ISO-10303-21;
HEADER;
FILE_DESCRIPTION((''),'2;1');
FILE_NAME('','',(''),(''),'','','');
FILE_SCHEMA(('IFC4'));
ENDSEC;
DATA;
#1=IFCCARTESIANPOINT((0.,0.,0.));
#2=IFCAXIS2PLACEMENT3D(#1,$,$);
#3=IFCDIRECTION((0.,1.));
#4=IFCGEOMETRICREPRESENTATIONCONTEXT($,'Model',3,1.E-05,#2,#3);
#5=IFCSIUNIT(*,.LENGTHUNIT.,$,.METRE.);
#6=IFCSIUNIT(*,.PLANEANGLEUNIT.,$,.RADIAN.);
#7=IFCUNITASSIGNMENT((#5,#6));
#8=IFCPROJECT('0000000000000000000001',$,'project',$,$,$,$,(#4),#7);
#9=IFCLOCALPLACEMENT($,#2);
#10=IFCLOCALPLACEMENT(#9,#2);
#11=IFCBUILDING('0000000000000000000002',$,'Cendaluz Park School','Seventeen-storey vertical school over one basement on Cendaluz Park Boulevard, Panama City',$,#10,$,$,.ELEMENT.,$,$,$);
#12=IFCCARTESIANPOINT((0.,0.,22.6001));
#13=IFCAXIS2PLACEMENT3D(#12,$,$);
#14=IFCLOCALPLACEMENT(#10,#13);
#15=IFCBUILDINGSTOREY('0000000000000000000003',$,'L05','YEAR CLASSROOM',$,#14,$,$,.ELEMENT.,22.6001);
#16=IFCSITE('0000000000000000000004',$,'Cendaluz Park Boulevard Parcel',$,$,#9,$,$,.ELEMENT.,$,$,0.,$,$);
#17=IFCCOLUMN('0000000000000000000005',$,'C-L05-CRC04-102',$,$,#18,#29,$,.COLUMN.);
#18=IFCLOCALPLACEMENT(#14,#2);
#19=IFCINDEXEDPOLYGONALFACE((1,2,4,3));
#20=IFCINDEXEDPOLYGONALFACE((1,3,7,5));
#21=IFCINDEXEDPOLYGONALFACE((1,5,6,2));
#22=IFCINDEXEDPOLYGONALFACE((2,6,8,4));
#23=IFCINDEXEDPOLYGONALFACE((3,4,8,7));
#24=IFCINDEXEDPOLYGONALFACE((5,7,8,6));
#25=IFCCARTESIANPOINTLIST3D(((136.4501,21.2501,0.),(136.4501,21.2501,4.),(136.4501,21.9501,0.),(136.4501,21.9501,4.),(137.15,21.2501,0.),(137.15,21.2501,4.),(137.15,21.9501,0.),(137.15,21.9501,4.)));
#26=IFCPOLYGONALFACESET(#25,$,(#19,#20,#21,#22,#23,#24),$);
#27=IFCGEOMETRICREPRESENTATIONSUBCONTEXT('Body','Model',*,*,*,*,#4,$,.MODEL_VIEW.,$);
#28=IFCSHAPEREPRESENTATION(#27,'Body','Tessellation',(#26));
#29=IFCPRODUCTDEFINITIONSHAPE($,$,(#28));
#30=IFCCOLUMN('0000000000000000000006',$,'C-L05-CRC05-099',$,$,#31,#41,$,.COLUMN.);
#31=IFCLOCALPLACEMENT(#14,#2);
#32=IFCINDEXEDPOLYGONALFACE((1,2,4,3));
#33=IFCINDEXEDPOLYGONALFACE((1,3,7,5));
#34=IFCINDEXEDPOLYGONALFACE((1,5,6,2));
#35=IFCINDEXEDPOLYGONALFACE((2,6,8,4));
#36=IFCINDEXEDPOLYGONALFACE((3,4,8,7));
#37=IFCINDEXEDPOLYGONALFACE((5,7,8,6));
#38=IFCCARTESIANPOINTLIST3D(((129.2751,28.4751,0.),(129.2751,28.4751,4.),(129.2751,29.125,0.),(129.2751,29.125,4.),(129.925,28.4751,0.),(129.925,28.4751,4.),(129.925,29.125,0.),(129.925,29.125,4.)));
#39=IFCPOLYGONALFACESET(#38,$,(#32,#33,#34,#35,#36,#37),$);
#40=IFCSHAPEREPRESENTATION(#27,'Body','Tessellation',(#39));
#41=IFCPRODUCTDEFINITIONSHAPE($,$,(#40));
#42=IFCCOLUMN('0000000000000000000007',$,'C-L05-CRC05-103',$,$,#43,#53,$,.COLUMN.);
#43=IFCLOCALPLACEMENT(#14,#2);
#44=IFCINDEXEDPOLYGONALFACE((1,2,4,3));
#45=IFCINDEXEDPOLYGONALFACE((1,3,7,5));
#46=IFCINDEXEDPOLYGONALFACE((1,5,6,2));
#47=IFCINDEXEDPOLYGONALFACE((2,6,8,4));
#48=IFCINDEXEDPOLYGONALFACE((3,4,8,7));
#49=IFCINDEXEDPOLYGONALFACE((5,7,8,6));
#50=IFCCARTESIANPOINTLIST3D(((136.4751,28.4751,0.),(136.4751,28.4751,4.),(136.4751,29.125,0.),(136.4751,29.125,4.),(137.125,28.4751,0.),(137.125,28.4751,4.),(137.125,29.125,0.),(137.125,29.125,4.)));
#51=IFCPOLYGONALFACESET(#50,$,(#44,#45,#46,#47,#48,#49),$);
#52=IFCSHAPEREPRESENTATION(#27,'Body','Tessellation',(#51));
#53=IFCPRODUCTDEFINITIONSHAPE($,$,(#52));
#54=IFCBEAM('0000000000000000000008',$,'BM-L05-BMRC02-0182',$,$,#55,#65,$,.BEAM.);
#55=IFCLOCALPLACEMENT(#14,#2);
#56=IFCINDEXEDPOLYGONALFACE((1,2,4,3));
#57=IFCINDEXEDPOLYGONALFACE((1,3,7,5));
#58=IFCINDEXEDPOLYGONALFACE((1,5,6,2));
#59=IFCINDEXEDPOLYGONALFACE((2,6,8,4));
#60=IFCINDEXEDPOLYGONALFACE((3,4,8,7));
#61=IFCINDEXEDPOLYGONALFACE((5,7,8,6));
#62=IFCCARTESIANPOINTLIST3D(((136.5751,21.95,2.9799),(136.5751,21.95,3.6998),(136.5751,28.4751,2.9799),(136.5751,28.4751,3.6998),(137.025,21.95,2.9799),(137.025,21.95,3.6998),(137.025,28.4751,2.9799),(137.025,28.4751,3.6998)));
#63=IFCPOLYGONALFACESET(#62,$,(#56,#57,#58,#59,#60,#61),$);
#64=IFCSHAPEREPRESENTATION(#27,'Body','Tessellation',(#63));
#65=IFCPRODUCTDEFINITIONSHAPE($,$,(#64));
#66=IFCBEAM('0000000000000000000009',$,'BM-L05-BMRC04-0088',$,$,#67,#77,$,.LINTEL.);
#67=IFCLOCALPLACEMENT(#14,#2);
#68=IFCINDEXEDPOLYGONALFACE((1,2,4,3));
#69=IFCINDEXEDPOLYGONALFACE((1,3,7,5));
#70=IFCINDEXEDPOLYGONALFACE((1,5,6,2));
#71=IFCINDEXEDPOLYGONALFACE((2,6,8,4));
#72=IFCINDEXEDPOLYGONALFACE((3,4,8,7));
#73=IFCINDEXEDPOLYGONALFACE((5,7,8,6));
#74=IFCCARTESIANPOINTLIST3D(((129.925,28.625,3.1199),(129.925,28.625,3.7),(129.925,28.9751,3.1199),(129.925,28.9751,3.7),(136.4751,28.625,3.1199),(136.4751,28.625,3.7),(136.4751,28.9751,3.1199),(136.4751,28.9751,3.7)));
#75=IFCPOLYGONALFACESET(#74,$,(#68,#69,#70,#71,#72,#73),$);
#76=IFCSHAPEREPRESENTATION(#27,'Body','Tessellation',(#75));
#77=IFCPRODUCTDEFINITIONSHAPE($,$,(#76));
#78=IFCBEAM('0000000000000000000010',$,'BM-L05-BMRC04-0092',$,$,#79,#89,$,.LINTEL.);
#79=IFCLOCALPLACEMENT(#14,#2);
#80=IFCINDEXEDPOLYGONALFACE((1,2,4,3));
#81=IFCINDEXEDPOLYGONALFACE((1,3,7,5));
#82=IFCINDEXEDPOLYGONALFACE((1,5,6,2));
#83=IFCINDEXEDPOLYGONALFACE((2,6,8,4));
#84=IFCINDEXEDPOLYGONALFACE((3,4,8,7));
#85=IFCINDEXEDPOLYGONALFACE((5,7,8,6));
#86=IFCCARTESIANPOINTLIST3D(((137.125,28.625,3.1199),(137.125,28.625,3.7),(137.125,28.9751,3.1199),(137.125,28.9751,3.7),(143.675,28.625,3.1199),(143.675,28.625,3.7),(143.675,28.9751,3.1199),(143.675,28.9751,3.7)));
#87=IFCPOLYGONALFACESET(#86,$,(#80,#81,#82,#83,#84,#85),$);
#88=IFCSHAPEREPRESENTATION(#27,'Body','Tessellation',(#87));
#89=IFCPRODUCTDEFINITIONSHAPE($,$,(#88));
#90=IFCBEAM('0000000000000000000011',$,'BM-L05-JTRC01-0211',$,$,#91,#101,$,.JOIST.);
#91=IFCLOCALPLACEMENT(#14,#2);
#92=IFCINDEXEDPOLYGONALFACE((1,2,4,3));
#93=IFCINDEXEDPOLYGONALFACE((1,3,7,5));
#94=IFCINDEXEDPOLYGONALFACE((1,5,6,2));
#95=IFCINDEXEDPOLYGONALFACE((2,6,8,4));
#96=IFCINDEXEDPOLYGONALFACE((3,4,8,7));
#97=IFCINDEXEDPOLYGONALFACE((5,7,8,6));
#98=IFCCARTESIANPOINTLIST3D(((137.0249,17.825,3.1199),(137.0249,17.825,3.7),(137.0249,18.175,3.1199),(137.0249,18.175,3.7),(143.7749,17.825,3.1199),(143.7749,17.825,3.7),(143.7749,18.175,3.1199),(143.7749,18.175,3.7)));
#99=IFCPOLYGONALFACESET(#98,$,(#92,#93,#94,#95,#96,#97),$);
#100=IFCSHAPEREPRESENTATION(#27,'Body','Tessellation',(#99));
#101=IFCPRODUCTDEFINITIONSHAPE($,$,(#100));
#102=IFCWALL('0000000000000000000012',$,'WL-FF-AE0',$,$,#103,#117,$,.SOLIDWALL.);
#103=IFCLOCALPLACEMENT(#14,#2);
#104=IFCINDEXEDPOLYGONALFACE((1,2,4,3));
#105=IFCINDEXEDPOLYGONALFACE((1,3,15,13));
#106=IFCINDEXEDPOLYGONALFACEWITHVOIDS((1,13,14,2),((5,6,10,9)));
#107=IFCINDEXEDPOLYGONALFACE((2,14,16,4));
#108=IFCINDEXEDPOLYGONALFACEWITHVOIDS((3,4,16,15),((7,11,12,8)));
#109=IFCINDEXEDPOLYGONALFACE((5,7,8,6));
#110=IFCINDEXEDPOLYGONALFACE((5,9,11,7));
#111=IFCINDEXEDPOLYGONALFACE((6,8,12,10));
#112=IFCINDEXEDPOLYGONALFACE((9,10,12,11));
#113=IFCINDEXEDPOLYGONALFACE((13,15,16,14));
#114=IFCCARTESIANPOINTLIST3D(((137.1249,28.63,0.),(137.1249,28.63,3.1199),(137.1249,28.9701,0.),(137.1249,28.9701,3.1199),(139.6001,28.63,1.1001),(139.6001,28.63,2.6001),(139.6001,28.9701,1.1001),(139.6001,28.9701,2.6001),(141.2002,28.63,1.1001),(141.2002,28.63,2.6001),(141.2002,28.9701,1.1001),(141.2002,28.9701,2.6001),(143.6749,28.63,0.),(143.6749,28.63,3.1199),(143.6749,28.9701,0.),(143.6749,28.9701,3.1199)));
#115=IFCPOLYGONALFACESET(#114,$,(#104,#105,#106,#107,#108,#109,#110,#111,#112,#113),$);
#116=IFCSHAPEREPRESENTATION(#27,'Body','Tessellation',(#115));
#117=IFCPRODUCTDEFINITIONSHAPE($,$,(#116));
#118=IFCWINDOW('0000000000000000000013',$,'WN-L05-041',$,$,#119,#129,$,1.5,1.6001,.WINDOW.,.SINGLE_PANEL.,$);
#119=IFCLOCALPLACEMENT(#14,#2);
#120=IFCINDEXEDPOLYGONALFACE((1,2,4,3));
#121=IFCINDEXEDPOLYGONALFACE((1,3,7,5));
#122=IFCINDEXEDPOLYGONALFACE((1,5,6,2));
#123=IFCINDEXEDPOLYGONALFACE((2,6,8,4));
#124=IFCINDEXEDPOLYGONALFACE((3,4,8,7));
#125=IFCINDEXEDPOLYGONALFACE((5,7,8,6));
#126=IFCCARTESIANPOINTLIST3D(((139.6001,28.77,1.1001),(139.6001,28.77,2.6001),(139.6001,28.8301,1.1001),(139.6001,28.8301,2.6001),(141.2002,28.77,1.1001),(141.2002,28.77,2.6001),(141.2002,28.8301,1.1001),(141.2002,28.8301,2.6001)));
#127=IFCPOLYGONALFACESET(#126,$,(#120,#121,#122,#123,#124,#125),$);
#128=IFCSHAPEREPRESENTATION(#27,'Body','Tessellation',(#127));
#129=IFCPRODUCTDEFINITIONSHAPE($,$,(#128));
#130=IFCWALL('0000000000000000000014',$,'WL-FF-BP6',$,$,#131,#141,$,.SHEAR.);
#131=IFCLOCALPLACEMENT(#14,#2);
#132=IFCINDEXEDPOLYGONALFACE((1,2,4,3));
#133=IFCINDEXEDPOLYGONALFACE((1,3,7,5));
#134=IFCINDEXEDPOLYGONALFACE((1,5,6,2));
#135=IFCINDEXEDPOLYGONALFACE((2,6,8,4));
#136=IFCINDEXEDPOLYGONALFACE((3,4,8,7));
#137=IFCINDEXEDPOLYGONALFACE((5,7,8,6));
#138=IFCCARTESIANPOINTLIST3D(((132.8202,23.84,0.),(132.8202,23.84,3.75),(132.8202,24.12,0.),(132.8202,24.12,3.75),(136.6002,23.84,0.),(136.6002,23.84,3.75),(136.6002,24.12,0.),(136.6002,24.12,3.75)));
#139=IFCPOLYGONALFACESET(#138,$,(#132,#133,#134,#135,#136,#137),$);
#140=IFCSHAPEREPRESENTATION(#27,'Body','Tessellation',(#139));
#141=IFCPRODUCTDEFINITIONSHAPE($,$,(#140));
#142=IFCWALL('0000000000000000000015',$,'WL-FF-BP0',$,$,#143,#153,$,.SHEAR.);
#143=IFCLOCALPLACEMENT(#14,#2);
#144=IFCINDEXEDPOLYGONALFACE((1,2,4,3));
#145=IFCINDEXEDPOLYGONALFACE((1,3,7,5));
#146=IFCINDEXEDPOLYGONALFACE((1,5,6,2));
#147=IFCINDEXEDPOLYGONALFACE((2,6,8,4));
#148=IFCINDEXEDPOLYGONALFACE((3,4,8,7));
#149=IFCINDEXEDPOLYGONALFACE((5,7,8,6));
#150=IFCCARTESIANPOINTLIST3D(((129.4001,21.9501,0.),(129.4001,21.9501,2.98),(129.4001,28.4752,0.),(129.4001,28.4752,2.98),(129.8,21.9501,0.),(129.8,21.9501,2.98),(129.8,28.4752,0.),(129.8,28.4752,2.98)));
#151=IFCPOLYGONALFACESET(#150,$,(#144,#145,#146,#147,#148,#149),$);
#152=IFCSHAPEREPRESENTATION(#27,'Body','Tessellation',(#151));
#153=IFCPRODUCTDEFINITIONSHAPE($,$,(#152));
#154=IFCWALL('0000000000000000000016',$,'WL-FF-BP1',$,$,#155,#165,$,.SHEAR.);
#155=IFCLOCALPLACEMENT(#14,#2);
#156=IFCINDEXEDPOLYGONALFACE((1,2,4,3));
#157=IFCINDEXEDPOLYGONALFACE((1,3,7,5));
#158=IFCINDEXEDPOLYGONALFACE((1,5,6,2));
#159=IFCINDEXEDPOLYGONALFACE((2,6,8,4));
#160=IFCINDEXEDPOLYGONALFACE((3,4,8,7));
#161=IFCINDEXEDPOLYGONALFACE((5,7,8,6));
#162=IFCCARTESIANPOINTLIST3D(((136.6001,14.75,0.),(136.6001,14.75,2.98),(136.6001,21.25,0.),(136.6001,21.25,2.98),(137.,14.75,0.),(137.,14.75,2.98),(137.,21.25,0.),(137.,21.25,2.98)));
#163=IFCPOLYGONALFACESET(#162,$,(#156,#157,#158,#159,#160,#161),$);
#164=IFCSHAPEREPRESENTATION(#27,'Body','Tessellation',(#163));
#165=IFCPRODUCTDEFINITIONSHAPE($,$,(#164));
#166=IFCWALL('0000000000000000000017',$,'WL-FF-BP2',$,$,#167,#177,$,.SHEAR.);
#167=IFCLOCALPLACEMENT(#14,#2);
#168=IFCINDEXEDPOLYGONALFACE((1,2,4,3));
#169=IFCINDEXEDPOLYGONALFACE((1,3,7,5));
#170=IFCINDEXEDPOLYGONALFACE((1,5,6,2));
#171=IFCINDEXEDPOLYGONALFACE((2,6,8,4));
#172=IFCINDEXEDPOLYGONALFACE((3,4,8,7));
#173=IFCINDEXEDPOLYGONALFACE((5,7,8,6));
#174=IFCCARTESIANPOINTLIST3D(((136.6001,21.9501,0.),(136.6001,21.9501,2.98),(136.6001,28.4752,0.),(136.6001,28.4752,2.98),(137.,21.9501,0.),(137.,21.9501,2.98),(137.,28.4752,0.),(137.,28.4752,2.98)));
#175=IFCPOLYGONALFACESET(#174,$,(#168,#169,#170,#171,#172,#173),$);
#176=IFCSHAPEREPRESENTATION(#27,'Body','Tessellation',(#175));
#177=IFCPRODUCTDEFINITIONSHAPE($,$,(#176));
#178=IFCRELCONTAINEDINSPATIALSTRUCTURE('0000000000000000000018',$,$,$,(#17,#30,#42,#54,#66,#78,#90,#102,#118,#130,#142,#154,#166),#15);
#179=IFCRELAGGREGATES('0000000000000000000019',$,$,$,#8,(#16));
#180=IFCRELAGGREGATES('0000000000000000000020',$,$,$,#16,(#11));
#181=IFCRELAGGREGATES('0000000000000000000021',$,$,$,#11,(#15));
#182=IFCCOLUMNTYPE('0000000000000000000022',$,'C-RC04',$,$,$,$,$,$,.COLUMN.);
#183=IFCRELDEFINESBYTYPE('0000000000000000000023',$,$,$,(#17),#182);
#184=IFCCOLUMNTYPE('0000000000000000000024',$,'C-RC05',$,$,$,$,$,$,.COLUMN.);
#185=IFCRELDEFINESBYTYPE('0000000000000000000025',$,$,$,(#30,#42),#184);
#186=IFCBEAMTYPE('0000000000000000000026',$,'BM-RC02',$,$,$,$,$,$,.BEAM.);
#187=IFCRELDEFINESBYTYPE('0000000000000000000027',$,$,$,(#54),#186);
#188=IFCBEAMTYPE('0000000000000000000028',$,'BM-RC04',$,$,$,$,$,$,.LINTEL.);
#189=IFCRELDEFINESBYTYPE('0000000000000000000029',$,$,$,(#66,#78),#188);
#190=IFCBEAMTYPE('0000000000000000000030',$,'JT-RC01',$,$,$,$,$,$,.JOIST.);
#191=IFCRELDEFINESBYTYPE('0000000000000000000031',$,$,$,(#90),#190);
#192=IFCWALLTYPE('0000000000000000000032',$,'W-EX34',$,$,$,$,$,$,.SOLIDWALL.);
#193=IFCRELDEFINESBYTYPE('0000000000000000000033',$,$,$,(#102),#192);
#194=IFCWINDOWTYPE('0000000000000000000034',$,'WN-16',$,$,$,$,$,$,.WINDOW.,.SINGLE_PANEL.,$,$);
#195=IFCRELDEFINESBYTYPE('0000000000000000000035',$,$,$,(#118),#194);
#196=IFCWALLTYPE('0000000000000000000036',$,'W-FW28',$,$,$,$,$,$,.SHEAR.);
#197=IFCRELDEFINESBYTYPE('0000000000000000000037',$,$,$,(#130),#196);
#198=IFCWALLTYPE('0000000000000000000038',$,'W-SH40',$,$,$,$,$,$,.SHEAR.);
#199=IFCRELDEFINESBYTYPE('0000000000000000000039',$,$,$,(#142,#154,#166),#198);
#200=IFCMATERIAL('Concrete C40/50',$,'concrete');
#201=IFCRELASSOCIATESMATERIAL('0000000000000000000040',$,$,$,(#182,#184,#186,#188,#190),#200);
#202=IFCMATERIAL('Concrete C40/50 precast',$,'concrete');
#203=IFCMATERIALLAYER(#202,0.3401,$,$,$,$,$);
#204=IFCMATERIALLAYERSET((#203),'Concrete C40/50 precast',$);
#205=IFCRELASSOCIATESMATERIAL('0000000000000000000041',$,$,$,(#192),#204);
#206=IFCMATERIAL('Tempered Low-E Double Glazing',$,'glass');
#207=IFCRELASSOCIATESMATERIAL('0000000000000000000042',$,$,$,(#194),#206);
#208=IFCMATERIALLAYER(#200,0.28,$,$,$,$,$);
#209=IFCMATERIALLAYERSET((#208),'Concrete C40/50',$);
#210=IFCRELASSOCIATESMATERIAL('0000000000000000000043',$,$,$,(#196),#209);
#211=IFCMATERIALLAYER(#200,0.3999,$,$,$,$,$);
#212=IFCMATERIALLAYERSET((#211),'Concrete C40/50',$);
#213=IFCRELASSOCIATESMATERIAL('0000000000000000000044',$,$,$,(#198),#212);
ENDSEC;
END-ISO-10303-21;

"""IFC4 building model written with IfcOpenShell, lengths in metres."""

from ifc_helpers import new_model, si_unit, direction, frame, frame_2d, origin, origin_2d, place, context, subcontext, project, spatial, rectangle, extrude, material, layer, layer_set, material_profile, profile_set, type_object, element, fill, save


model = new_model("IFC4")

# Units and contexts
model_context = context("Model", 3, precision=1e-05, world=origin(), true_north=direction((0.0, 1.0)))
body_context = subcontext(model_context, "Body", "Model", "MODEL_VIEW")
ifc_project = project(units=[si_unit("LENGTHUNIT", "METRE"), si_unit("PLANEANGLEUNIT", "RADIAN")], contexts=[model_context])

# Site, building, storey
site_placement = place(None, origin())
site = spatial("IfcSite", under=ifc_project, at=site_placement, Name="Cendaluz Park Boulevard Parcel", CompositionType="ELEMENT", RefElevation=0.0)
building_placement = place(site_placement, origin())
building = spatial("IfcBuilding", under=site, at=building_placement, Name="Cendaluz Park School", Description="Seventeen-storey vertical school over one basement on Cendaluz Park Boulevard, Panama City", CompositionType="ELEMENT")
storey_placement = place(building_placement, frame((0.0, 0.0, 22.6001)))
storey = spatial("IfcBuildingStorey", under=building, at=storey_placement, Name="L05", Description="YEAR CLASSROOM", CompositionType="ELEMENT", Elevation=22.6001)

# Columns
ifc_material_1 = material(Name="Concrete C40/50", Category="concrete")
ifc_material_profile_1 = material_profile(ifc_material_1, rectangle(XDim=0.7, YDim=0.7, at=origin_2d()), Name="RC 700x700", Category="concrete")
ifc_profile_set_1 = profile_set([ifc_material_profile_1], Name="Concrete C40/50")
column_type_1 = type_object("IfcColumnType", Name="C-RC04", PredefinedType="COLUMN", material=ifc_profile_set_1)
column_placement = place(storey_placement, frame((136.8, 21.6001, 0.0), z_axis=(0.0, 0.0, 1.0), x_axis=(1.0, 0.0, 0.0)))
element("IfcColumn", 1, at=column_placement, inside=storey, type_object=column_type_1, Name="C-L05-CRC04-102", PredefinedType="COLUMN", context=body_context, shape_type="SweptSolid", body=[
    extrude(rectangle(XDim=0.7, YDim=0.7, at=origin_2d()), origin(), (0.0, 0.0, 1.0), 4.0),
])
ifc_material_profile_2 = material_profile(ifc_material_1, rectangle(XDim=0.6499, YDim=0.6499, at=origin_2d()), Name="RC 650x650", Category="concrete")
ifc_profile_set_2 = profile_set([ifc_material_profile_2], Name="Concrete C40/50")
column_type_2 = type_object("IfcColumnType", Name="C-RC05", PredefinedType="COLUMN", material=ifc_profile_set_2)
for number, where, z_axis, x_axis, name in (
    (2, (129.6001, 28.8, 0.0), (0.0, 0.0, 1.0), (1.0, 0.0, 0.0), "C-L05-CRC05-099"),
    (3, (136.8, 28.8, 0.0), (0.0, 0.0, 1.0), (1.0, 0.0, 0.0), "C-L05-CRC05-103"),
):
    element("IfcColumn", number, at=place(storey_placement, frame(where, z_axis=z_axis, x_axis=x_axis)), inside=storey, type_object=column_type_2, Name=name, PredefinedType="COLUMN", context=body_context, shape_type="SweptSolid", body=[
        extrude(rectangle(XDim=0.6499, YDim=0.6499, at=origin_2d()), origin(), (0.0, 0.0, 1.0), 4.0),
    ])

# Beams
ifc_material_profile_3 = material_profile(ifc_material_1, rectangle(XDim=0.45, YDim=0.72, at=origin_2d()), Name="RC 450x720", Category="concrete")
ifc_profile_set_3 = profile_set([ifc_material_profile_3], Name="Concrete C40/50")
beam_type_1 = type_object("IfcBeamType", Name="BM-RC02", PredefinedType="BEAM", material=ifc_profile_set_3)
beam_1_placement = place(storey_placement, frame((136.8, 21.95, 3.3398), z_axis=(0.0, 1.0, 0.0), x_axis=(-1.0, 0.0, 0.0)))
element("IfcBeam", 4, at=beam_1_placement, inside=storey, type_object=beam_type_1, Name="BM-L05-BMRC02-0182", PredefinedType="BEAM", context=body_context, shape_type="SweptSolid", body=[
    extrude(rectangle(XDim=0.45, YDim=0.72, at=origin_2d()), origin(), (0.0, 0.0, 1.0), 6.5251),
])
ifc_material_profile_4 = material_profile(ifc_material_1, rectangle(XDim=0.3501, YDim=0.5801, at=origin_2d()), Name="RC 350x580", Category="concrete")
ifc_profile_set_4 = profile_set([ifc_material_profile_4], Name="Concrete C40/50")
beam_type_2 = type_object("IfcBeamType", Name="BM-RC04", PredefinedType="LINTEL", material=ifc_profile_set_4)
for number, where, z_axis, x_axis, name in (
    (5, (129.925, 28.8, 3.4099), (1.0, 0.0, 0.0), (0.0, 1.0, 0.0), "BM-L05-BMRC04-0088"),
    (6, (137.125, 28.8, 3.4099), (1.0, 0.0, 0.0), (0.0, 1.0, 0.0), "BM-L05-BMRC04-0092"),
):
    element("IfcBeam", number, at=place(storey_placement, frame(where, z_axis=z_axis, x_axis=x_axis)), inside=storey, type_object=beam_type_2, Name=name, PredefinedType="LINTEL", context=body_context, shape_type="SweptSolid", body=[
        extrude(rectangle(XDim=0.3501, YDim=0.5801, at=origin_2d()), origin(), (0.0, 0.0, 1.0), 6.55),
    ])
ifc_material_profile_5 = material_profile(ifc_material_1, rectangle(XDim=0.3501, YDim=0.5801, at=origin_2d()), Name="RC 350x580", Category="concrete")
ifc_profile_set_5 = profile_set([ifc_material_profile_5], Name="Concrete C40/50")
beam_type_3 = type_object("IfcBeamType", Name="JT-RC01", PredefinedType="JOIST", material=ifc_profile_set_5)
beam_2_placement = place(storey_placement, frame((137.0249, 18.0, 3.4099), z_axis=(1.0, 0.0, 0.0), x_axis=(0.0, 1.0, 0.0)))
element("IfcBeam", 7, at=beam_2_placement, inside=storey, type_object=beam_type_3, Name="BM-L05-JTRC01-0211", PredefinedType="JOIST", context=body_context, shape_type="SweptSolid", body=[
    extrude(rectangle(XDim=0.3501, YDim=0.5801, at=origin_2d()), origin(), (0.0, 0.0, 1.0), 6.75),
])

# Wall, opening, window
ifc_material_2 = material(Name="Concrete C40/50 precast", Category="concrete")
ifc_layer_1 = layer(ifc_material_2, 0.3401)
ifc_layer_set_1 = layer_set([ifc_layer_1], Name="Concrete C40/50 precast")
wall_type_1 = type_object("IfcWallType", Name="W-EX34", PredefinedType="SOLIDWALL", material=ifc_layer_set_1)
wall_1_placement = place(storey_placement, frame((137.125, 28.8, 0.0), z_axis=(0.0, 0.0, 1.0), x_axis=(1.0, 0.0, 0.0)))
wall_1 = element("IfcWall", 8, at=wall_1_placement, inside=storey, type_object=wall_type_1, Name="WL-FF-AE0", PredefinedType="SOLIDWALL", context=body_context, shape_type="SweptSolid", body=[
    extrude(rectangle(XDim=6.55, YDim=0.3401, at=frame_2d((3.2749, 0.0))), origin(), (0.0, 0.0, 1.0), 3.1199),
])
opening_1_placement = place(wall_1_placement, frame((2.4751, 0.0, 1.1001)))
opening_1 = element("IfcOpeningElement", 9, at=opening_1_placement, cuts=wall_1, PredefinedType="OPENING", context=body_context, shape_type="SweptSolid", body=[
    extrude(rectangle(XDim=1.6001, YDim=1.5, at=frame_2d((0.8, 0.75))), frame((0.0, 0.1821, 0.0), z_axis=(0.0, -1.0, 0.0), x_axis=(1.0, 0.0, 0.0)), (0.0, 0.0, 1.0), 0.364),
])
ifc_material_3 = material(Name="Tempered Low-E Double Glazing", Category="glass")
window_type = type_object("IfcWindowType", Name="WN-16", PartitioningType="SINGLE_PANEL", PredefinedType="WINDOW", material=ifc_material_3)
window_placement = place(opening_1_placement, origin())
window = element("IfcWindow", 10, at=window_placement, inside=storey, type_object=window_type, Name="WN-L05-041", OverallHeight=1.5, OverallWidth=1.6001, PartitioningType="SINGLE_PANEL", PredefinedType="WINDOW", context=body_context, shape_type="SweptSolid", body=[
    extrude(rectangle(XDim=1.6001, YDim=1.5, at=frame_2d((0.8, 0.75))), frame((0.0, 0.03, 0.0), z_axis=(0.0, -1.0, 0.0), x_axis=(1.0, 0.0, 0.0)), (0.0, 0.0, 1.0), 0.0601),
])
fill(opening_1, window)

# Wall
ifc_layer_2 = layer(ifc_material_1, 0.28)
ifc_layer_set_2 = layer_set([ifc_layer_2], Name="Concrete C40/50")
wall_type_2 = type_object("IfcWallType", Name="W-FW28", PredefinedType="SHEAR", material=ifc_layer_set_2)
wall_2_placement = place(storey_placement, frame((132.8201, 23.98, 0.0), z_axis=(0.0, 0.0, 1.0), x_axis=(1.0, 0.0, 0.0)))
element("IfcWall", 11, at=wall_2_placement, inside=storey, type_object=wall_type_2, Name="WL-FF-BP6", PredefinedType="SHEAR", context=body_context, shape_type="SweptSolid", body=[
    extrude(rectangle(XDim=3.78, YDim=0.28, at=frame_2d((1.8901, 0.0))), origin(), (0.0, 0.0, 1.0), 3.75),
])

# Walls
ifc_layer_3 = layer(ifc_material_1, 0.3999)
ifc_layer_set_3 = layer_set([ifc_layer_3], Name="Concrete C40/50")
wall_type_3 = type_object("IfcWallType", Name="W-SH40", PredefinedType="SHEAR", material=ifc_layer_set_3)
wall_3_placement = place(storey_placement, frame((129.6001, 21.95, 0.0), z_axis=(0.0, 0.0, 1.0), x_axis=(0.0, 1.0, 0.0)))
element("IfcWall", 12, at=wall_3_placement, inside=storey, type_object=wall_type_3, Name="WL-FF-BP0", PredefinedType="SHEAR", context=body_context, shape_type="SweptSolid", body=[
    extrude(rectangle(XDim=6.5251, YDim=0.3999, at=frame_2d((3.2627, 0.0))), origin(), (0.0, 0.0, 1.0), 2.98),
])
wall_4_placement = place(storey_placement, frame((136.8, 14.75, 0.0), z_axis=(0.0, 0.0, 1.0), x_axis=(0.0, 1.0, 0.0)))
element("IfcWall", 13, at=wall_4_placement, inside=storey, type_object=wall_type_3, Name="WL-FF-BP1", PredefinedType="SHEAR", context=body_context, shape_type="SweptSolid", body=[
    extrude(rectangle(XDim=6.5, YDim=0.3999, at=frame_2d((3.25, 0.0))), origin(), (0.0, 0.0, 1.0), 2.98),
])
wall_5_placement = place(storey_placement, frame((136.8, 21.95, 0.0), z_axis=(0.0, 0.0, 1.0), x_axis=(0.0, 1.0, 0.0)))
element("IfcWall", 14, at=wall_5_placement, inside=storey, type_object=wall_type_3, Name="WL-FF-BP2", PredefinedType="SHEAR", context=body_context, shape_type="SweptSolid", body=[
    extrude(rectangle(XDim=6.5251, YDim=0.3999, at=frame_2d((3.2627, 0.0))), origin(), (0.0, 0.0, 1.0), 2.98),
])

save(model, "model.ifc")
